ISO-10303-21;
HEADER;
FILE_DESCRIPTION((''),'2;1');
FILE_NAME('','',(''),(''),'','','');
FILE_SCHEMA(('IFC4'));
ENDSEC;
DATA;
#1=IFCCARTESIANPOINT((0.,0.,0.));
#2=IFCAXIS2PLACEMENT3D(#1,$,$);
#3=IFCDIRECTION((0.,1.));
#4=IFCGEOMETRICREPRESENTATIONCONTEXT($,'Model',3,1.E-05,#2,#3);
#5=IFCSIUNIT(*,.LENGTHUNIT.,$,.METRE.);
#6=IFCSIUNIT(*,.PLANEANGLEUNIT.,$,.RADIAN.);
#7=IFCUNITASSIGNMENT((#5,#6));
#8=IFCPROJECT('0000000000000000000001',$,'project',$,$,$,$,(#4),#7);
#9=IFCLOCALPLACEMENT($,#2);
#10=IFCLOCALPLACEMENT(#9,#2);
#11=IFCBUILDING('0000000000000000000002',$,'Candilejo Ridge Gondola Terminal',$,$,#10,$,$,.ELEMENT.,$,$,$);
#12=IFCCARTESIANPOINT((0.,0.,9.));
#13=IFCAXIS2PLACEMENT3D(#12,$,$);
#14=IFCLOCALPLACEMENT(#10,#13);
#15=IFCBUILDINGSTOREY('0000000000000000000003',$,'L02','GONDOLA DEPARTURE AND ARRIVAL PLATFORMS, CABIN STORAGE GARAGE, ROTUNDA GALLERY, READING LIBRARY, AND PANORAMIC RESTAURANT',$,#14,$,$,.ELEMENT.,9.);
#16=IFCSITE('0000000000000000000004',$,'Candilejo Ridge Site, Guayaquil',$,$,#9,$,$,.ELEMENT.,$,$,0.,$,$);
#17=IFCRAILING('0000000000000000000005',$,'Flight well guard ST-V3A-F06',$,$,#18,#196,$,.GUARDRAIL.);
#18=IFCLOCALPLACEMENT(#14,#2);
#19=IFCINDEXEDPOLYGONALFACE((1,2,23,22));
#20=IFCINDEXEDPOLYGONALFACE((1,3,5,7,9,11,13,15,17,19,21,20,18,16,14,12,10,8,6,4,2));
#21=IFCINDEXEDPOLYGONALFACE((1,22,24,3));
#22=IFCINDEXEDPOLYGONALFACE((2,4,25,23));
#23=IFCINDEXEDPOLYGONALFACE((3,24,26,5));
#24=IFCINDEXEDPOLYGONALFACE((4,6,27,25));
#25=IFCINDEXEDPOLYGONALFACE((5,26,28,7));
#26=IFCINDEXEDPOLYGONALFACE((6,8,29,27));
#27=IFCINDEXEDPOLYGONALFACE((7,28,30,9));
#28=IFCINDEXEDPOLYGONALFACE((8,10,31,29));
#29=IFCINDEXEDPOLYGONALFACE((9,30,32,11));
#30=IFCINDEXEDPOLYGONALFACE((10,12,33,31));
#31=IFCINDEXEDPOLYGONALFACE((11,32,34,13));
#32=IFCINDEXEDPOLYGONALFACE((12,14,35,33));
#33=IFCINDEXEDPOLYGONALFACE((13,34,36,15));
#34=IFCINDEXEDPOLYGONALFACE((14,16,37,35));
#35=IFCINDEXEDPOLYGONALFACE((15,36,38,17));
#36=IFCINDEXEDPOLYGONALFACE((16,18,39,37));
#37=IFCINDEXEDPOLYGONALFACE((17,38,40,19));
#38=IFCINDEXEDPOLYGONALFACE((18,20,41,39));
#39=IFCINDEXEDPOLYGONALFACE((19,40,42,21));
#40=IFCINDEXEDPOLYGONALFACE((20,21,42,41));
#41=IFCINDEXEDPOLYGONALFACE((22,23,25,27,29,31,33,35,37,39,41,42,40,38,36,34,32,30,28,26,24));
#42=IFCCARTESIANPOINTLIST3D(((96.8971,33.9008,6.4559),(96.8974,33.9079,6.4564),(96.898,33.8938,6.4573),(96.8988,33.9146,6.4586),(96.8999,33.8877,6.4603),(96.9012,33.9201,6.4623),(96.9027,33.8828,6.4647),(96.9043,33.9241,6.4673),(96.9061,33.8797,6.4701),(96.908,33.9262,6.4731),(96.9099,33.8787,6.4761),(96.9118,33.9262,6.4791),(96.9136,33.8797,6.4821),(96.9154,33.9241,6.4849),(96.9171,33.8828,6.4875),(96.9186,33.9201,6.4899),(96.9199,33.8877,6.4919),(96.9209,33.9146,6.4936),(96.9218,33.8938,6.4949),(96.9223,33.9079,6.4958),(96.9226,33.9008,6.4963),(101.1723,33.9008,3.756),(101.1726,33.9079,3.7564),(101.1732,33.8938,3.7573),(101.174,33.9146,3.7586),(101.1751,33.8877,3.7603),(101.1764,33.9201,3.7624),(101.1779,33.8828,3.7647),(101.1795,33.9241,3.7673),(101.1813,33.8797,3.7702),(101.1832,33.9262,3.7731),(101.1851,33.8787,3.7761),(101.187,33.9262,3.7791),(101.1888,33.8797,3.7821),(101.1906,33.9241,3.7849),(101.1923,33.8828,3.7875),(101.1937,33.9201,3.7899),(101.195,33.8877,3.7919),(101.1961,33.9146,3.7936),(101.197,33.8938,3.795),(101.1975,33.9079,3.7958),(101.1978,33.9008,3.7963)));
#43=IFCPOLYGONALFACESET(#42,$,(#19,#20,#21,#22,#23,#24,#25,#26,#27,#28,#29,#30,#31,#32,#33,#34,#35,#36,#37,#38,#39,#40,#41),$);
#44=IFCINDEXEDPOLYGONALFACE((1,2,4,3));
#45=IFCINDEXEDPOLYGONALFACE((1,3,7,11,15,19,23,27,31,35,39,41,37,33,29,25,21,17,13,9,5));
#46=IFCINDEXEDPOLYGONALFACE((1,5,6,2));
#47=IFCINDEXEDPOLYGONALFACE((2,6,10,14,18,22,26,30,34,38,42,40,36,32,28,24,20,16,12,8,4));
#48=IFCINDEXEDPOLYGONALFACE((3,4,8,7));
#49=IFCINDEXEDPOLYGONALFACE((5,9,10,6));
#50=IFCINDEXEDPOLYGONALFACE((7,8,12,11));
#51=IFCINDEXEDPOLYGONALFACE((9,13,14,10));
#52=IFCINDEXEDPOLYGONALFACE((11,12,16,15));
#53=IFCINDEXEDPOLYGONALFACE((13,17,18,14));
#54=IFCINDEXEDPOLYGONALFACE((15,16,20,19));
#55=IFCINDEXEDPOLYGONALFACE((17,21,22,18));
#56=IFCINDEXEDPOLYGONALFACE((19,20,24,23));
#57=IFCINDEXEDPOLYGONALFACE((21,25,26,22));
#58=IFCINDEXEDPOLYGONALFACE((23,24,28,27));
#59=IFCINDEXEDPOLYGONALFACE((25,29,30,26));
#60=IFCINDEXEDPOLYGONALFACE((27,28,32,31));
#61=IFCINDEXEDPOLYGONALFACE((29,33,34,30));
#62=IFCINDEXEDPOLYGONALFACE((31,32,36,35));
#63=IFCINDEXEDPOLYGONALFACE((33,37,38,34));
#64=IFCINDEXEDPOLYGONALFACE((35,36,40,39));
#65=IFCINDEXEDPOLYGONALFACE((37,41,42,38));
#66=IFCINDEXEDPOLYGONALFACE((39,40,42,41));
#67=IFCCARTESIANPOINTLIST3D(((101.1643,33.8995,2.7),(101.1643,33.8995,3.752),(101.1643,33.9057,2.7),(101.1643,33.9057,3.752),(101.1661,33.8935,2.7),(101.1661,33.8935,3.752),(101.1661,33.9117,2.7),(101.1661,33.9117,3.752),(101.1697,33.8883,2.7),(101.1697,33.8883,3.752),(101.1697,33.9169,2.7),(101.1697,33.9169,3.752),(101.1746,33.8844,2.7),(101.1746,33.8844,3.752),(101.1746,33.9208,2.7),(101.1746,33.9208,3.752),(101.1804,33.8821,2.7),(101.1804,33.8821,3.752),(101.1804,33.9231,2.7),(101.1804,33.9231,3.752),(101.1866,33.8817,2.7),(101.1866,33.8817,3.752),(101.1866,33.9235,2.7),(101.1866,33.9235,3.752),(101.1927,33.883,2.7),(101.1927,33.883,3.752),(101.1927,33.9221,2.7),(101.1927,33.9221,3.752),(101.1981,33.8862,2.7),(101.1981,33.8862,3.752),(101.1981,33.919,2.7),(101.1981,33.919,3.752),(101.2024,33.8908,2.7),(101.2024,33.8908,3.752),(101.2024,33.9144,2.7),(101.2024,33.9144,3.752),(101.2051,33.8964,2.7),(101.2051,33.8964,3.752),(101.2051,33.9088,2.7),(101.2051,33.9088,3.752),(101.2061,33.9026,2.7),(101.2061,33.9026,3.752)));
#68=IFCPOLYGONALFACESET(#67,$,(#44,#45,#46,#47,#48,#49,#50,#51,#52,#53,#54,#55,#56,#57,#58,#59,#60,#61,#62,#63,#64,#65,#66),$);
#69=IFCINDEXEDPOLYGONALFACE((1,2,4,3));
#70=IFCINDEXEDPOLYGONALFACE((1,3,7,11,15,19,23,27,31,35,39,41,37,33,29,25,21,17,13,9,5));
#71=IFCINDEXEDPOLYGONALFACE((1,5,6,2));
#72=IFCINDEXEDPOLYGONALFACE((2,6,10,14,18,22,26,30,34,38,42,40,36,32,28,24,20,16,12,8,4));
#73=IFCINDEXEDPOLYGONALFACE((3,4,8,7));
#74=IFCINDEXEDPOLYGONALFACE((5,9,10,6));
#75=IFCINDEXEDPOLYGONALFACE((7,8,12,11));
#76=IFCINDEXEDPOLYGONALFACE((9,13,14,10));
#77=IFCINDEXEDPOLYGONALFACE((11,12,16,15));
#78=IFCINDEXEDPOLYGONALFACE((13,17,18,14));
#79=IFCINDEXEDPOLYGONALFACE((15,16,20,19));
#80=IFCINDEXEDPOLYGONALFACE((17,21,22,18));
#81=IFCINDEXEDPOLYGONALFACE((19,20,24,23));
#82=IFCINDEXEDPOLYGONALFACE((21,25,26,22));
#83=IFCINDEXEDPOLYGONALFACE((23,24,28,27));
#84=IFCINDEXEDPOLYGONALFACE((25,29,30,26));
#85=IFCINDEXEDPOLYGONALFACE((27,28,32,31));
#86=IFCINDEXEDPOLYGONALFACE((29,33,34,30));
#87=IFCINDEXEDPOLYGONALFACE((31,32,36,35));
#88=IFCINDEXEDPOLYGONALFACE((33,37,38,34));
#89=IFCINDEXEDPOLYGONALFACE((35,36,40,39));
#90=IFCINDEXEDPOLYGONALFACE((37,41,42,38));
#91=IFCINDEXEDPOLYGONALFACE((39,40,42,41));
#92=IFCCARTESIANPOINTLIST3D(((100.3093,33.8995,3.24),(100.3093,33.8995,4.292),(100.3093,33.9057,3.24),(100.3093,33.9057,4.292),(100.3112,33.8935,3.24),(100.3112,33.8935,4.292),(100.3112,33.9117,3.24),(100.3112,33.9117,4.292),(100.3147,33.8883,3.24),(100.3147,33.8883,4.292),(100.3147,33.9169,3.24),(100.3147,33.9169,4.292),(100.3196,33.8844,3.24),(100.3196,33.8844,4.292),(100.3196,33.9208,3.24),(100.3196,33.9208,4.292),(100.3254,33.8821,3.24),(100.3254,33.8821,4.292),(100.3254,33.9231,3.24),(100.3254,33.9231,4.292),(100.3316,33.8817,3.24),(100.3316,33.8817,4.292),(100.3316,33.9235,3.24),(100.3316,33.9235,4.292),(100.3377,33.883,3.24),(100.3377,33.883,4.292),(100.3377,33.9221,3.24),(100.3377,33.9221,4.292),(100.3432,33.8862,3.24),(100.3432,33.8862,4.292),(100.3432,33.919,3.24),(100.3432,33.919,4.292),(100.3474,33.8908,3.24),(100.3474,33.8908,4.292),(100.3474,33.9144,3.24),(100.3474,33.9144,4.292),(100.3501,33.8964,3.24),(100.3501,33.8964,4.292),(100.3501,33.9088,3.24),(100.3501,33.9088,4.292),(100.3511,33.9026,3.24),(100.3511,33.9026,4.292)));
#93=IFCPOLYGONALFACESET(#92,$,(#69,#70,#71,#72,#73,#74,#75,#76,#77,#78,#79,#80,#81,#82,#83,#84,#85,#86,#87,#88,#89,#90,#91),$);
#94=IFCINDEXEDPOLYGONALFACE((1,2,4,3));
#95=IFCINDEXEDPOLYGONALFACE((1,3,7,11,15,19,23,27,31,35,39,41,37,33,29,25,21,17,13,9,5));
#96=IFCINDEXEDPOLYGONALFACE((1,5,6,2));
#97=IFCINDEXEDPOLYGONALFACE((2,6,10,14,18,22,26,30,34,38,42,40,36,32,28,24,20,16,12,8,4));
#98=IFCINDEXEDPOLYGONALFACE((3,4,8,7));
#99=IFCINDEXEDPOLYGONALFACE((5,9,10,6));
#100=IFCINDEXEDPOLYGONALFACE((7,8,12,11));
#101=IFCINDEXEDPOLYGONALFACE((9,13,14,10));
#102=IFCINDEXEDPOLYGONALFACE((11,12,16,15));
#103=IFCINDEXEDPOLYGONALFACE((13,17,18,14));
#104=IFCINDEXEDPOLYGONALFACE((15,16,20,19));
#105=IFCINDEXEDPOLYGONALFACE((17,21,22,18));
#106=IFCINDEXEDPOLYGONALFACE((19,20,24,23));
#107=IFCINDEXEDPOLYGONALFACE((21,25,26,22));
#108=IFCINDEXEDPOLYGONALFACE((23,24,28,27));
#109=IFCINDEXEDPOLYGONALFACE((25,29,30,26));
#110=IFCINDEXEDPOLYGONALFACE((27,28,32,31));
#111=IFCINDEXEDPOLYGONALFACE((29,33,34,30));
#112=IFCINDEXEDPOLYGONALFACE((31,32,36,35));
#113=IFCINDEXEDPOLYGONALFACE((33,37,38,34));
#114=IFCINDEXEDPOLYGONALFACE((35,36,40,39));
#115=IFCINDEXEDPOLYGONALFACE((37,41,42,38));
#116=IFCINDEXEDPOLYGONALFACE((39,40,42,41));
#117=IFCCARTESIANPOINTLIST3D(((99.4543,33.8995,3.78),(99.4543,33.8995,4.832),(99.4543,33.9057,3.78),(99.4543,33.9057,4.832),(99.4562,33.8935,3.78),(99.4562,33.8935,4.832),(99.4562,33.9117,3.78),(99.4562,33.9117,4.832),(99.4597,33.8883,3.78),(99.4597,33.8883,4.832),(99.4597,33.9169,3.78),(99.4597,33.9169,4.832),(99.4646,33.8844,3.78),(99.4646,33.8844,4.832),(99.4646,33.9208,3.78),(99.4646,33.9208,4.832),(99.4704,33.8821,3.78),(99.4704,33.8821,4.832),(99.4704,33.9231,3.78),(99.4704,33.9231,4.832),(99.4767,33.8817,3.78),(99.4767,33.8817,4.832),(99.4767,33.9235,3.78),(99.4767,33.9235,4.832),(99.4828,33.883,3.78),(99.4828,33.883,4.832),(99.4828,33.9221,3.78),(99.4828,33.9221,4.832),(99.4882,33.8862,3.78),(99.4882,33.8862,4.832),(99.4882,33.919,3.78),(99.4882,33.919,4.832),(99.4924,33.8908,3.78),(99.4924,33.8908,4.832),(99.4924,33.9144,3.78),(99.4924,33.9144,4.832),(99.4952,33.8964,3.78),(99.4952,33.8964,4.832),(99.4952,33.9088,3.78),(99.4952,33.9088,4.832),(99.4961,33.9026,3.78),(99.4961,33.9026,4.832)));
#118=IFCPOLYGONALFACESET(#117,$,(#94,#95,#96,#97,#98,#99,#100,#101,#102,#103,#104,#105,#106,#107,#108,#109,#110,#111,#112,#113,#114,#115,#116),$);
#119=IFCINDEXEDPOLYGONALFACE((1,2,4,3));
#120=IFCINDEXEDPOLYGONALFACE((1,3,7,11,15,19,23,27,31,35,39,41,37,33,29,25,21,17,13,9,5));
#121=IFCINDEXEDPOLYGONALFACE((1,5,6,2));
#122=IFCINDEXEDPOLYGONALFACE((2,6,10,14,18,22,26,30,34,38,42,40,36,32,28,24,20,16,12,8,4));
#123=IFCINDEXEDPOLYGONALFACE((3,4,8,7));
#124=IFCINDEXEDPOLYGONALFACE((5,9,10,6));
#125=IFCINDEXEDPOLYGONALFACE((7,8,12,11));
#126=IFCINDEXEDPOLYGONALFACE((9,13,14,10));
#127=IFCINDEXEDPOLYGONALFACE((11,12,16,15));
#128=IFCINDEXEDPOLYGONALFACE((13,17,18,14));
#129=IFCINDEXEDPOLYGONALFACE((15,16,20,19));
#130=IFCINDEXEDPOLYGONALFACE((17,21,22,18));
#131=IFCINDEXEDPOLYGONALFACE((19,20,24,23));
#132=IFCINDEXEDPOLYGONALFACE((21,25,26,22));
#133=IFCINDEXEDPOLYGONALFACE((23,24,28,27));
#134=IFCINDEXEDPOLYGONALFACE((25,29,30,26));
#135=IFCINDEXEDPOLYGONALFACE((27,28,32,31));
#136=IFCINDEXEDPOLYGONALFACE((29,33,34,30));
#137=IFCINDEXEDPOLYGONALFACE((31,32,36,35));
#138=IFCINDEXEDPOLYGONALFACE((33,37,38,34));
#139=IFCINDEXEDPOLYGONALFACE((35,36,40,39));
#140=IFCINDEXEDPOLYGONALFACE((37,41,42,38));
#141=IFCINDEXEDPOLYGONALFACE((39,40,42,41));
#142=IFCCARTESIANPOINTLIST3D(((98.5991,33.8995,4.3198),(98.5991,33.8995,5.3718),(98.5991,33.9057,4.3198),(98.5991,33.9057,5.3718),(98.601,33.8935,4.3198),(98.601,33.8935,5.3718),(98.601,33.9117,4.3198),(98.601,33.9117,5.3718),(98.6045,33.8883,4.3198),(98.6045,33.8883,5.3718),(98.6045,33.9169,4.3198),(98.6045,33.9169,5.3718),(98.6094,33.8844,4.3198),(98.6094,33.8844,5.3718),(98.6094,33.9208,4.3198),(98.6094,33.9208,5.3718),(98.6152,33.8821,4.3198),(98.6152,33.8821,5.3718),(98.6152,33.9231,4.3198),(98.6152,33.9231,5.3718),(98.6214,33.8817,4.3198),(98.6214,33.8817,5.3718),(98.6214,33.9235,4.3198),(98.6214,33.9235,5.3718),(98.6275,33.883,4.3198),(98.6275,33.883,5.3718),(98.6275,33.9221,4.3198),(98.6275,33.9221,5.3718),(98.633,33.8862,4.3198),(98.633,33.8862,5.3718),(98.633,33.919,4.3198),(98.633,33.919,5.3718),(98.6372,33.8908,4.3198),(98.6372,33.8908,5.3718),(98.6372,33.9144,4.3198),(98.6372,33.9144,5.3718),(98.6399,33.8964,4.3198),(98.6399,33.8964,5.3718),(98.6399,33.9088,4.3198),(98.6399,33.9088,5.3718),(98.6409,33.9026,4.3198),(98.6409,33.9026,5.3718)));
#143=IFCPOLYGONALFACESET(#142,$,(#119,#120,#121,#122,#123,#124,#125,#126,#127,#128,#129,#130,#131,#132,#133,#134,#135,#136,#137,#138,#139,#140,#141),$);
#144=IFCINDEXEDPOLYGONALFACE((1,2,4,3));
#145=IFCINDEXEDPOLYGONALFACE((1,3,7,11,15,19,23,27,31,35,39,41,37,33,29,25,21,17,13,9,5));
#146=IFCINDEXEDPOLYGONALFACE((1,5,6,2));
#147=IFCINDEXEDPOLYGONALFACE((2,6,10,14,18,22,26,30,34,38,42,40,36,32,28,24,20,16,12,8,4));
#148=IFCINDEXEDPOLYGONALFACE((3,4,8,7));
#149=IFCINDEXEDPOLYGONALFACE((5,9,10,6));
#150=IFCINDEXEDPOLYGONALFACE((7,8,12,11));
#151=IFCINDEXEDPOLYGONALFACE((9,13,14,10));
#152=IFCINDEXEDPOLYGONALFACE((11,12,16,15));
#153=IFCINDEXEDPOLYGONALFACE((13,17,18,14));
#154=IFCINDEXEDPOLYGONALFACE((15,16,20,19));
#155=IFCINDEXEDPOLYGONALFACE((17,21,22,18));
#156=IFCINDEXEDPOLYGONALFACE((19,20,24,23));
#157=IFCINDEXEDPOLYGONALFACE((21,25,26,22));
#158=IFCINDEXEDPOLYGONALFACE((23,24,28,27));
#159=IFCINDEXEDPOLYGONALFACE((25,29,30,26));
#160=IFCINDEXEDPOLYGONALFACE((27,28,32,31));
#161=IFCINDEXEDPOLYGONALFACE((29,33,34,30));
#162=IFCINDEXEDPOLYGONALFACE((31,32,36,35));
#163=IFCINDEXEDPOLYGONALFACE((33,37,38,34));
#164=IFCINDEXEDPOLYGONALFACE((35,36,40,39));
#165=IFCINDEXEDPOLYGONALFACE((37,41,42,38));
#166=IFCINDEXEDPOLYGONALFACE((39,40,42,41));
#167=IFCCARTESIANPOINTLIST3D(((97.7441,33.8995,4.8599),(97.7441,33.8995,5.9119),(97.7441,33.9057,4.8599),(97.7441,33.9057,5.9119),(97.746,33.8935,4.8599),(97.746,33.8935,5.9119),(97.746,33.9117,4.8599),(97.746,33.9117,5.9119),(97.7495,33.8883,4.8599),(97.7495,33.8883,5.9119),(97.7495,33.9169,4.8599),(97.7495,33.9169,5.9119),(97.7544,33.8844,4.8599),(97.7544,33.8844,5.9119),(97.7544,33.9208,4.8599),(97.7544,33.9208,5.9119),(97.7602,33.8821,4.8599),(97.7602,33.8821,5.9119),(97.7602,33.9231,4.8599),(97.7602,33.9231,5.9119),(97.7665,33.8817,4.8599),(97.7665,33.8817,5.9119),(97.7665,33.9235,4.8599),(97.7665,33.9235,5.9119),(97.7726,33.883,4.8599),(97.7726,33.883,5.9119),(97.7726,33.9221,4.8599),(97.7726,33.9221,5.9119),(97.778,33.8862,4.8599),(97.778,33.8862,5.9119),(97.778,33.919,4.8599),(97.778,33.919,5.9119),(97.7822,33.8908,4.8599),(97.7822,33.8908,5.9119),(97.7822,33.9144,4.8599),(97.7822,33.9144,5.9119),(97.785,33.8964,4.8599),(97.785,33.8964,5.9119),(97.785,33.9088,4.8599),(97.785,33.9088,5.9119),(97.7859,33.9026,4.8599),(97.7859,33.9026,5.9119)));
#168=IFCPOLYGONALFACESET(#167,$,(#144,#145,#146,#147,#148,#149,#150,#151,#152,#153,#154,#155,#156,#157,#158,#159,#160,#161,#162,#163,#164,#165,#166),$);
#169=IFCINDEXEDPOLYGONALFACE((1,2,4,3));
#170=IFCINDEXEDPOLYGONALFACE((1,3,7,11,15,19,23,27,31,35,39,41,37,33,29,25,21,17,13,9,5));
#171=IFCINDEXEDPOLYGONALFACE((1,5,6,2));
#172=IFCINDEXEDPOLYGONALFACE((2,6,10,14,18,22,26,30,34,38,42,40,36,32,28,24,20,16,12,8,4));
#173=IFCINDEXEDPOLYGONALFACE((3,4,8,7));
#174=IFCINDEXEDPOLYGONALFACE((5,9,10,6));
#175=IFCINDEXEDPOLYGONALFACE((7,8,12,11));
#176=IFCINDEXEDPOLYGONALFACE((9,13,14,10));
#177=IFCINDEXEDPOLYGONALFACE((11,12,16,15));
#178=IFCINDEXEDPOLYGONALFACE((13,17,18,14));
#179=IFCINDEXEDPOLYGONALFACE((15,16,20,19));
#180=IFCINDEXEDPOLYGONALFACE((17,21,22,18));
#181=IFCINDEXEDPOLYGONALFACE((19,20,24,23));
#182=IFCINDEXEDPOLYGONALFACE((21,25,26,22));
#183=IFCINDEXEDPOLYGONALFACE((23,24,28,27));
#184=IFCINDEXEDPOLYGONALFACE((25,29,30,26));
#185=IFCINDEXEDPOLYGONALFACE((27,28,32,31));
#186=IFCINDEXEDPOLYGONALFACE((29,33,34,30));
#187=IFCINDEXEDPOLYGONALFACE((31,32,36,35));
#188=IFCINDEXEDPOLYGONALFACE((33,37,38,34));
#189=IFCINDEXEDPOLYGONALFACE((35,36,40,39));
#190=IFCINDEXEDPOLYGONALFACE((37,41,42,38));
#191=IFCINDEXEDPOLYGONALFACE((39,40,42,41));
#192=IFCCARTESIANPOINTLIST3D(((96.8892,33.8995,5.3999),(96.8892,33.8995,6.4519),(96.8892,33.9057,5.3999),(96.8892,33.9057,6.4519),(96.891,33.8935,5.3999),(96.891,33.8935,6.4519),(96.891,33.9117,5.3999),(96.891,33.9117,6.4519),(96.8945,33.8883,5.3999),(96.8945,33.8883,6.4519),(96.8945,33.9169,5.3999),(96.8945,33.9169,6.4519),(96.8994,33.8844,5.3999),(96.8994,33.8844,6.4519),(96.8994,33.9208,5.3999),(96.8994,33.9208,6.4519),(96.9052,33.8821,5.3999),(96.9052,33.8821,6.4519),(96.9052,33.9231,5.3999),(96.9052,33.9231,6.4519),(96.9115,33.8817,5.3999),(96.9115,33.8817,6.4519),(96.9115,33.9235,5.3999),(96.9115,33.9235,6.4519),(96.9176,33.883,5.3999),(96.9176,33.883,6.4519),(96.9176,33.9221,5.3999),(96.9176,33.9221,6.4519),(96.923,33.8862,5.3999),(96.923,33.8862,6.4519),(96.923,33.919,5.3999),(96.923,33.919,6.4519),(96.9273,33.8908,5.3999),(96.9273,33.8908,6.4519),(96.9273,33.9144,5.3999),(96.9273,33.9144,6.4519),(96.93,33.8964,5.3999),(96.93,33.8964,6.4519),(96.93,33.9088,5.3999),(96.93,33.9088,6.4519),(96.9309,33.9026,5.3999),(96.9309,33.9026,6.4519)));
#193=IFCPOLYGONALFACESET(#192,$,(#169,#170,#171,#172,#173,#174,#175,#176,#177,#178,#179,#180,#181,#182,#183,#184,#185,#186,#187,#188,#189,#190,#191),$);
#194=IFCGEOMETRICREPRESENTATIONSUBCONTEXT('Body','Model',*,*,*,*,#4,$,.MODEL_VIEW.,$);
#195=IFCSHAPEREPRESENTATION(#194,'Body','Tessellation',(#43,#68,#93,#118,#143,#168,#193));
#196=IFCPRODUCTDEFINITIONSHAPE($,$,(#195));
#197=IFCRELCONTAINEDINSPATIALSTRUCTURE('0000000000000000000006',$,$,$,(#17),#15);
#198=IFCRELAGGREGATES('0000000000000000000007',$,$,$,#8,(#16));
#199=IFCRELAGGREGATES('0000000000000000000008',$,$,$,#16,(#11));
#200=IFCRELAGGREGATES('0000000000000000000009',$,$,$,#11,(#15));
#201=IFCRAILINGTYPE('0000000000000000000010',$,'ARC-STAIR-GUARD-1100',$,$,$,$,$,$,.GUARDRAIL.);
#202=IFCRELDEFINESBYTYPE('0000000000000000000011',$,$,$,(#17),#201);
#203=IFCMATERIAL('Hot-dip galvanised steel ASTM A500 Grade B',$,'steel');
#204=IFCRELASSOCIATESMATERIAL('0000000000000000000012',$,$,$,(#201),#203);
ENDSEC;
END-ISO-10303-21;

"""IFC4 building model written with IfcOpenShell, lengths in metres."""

from ifc_helpers import new_model, si_unit, direction, frame, origin, origin_2d, place, context, subcontext, project, spatial, circle, extrude, material, type_object, element, save


model = new_model("IFC4")

# Units and contexts
model_context = context("Model", 3, precision=1e-05, world=origin(), true_north=direction((0.0, 1.0)))
body_context = subcontext(model_context, "Body", "Model", "MODEL_VIEW")
ifc_project = project(units=[si_unit("LENGTHUNIT", "METRE"), si_unit("PLANEANGLEUNIT", "RADIAN")], contexts=[model_context])

# Site, building, storey
site_placement = place(None, origin())
site = spatial("IfcSite", under=ifc_project, at=site_placement, Name="Candilejo Ridge Site, Guayaquil", CompositionType="ELEMENT", RefElevation=0.0)
building_placement = place(site_placement, origin())
building = spatial("IfcBuilding", under=site, at=building_placement, Name="Candilejo Ridge Gondola Terminal", CompositionType="ELEMENT")
storey_placement = place(building_placement, frame((0.0, 0.0, 9.0)))
storey = spatial("IfcBuildingStorey", under=building, at=storey_placement, Name="L02", Description="GONDOLA DEPARTURE AND ARRIVAL PLATFORMS, CABIN STORAGE GARAGE, ROTUNDA GALLERY, READING LIBRARY, AND PANORAMIC RESTAURANT", CompositionType="ELEMENT", Elevation=9.0)

# Railing
ifc_material_1 = material(Name="Hot-dip galvanised steel ASTM A500 Grade B", Category="steel")
railing_type_1 = type_object("IfcRailingType", Name="ARC-STAIR-GUARD-1100", PredefinedType="GUARDRAIL", material=ifc_material_1)
railing_1_placement = place(storey_placement, frame((101.1851, 33.9026, 2.7)))
element("IfcRailing", 1, at=railing_1_placement, inside=storey, type_object=railing_type_1, Name="Flight well guard ST-V3A-F06", PredefinedType="GUARDRAIL", context=body_context, shape_type="SweptSolid", body=[
    extrude(circle(Radius=0.0239, at=origin_2d()), frame((0.0, 0.0, 1.0762), z_axis=(-0.845502, 0.0, 0.533973), x_axis=(0.0, -1.0, 0.0)), (0.0, 0.0, 1.0), 5.0564),
    extrude(circle(Radius=0.021, at=origin_2d()), origin(), (0.0, 0.0, 1.0), 1.052),
    extrude(circle(Radius=0.021, at=origin_2d()), frame((-0.855, 0.0, 0.54)), (0.0, 0.0, 1.0), 1.052),
    extrude(circle(Radius=0.021, at=origin_2d()), frame((-1.71, 0.0, 1.0801)), (0.0, 0.0, 1.0), 1.052),
    extrude(circle(Radius=0.021, at=origin_2d()), frame((-2.5652, 0.0, 1.6199)), (0.0, 0.0, 1.0), 1.052),
    extrude(circle(Radius=0.021, at=origin_2d()), frame((-3.4202, 0.0, 2.1599)), (0.0, 0.0, 1.0), 1.052),
    extrude(circle(Radius=0.021, at=origin_2d()), frame((-4.2751, 0.0, 2.7)), (0.0, 0.0, 1.0), 1.052),
])

save(model, "model.ifc")
